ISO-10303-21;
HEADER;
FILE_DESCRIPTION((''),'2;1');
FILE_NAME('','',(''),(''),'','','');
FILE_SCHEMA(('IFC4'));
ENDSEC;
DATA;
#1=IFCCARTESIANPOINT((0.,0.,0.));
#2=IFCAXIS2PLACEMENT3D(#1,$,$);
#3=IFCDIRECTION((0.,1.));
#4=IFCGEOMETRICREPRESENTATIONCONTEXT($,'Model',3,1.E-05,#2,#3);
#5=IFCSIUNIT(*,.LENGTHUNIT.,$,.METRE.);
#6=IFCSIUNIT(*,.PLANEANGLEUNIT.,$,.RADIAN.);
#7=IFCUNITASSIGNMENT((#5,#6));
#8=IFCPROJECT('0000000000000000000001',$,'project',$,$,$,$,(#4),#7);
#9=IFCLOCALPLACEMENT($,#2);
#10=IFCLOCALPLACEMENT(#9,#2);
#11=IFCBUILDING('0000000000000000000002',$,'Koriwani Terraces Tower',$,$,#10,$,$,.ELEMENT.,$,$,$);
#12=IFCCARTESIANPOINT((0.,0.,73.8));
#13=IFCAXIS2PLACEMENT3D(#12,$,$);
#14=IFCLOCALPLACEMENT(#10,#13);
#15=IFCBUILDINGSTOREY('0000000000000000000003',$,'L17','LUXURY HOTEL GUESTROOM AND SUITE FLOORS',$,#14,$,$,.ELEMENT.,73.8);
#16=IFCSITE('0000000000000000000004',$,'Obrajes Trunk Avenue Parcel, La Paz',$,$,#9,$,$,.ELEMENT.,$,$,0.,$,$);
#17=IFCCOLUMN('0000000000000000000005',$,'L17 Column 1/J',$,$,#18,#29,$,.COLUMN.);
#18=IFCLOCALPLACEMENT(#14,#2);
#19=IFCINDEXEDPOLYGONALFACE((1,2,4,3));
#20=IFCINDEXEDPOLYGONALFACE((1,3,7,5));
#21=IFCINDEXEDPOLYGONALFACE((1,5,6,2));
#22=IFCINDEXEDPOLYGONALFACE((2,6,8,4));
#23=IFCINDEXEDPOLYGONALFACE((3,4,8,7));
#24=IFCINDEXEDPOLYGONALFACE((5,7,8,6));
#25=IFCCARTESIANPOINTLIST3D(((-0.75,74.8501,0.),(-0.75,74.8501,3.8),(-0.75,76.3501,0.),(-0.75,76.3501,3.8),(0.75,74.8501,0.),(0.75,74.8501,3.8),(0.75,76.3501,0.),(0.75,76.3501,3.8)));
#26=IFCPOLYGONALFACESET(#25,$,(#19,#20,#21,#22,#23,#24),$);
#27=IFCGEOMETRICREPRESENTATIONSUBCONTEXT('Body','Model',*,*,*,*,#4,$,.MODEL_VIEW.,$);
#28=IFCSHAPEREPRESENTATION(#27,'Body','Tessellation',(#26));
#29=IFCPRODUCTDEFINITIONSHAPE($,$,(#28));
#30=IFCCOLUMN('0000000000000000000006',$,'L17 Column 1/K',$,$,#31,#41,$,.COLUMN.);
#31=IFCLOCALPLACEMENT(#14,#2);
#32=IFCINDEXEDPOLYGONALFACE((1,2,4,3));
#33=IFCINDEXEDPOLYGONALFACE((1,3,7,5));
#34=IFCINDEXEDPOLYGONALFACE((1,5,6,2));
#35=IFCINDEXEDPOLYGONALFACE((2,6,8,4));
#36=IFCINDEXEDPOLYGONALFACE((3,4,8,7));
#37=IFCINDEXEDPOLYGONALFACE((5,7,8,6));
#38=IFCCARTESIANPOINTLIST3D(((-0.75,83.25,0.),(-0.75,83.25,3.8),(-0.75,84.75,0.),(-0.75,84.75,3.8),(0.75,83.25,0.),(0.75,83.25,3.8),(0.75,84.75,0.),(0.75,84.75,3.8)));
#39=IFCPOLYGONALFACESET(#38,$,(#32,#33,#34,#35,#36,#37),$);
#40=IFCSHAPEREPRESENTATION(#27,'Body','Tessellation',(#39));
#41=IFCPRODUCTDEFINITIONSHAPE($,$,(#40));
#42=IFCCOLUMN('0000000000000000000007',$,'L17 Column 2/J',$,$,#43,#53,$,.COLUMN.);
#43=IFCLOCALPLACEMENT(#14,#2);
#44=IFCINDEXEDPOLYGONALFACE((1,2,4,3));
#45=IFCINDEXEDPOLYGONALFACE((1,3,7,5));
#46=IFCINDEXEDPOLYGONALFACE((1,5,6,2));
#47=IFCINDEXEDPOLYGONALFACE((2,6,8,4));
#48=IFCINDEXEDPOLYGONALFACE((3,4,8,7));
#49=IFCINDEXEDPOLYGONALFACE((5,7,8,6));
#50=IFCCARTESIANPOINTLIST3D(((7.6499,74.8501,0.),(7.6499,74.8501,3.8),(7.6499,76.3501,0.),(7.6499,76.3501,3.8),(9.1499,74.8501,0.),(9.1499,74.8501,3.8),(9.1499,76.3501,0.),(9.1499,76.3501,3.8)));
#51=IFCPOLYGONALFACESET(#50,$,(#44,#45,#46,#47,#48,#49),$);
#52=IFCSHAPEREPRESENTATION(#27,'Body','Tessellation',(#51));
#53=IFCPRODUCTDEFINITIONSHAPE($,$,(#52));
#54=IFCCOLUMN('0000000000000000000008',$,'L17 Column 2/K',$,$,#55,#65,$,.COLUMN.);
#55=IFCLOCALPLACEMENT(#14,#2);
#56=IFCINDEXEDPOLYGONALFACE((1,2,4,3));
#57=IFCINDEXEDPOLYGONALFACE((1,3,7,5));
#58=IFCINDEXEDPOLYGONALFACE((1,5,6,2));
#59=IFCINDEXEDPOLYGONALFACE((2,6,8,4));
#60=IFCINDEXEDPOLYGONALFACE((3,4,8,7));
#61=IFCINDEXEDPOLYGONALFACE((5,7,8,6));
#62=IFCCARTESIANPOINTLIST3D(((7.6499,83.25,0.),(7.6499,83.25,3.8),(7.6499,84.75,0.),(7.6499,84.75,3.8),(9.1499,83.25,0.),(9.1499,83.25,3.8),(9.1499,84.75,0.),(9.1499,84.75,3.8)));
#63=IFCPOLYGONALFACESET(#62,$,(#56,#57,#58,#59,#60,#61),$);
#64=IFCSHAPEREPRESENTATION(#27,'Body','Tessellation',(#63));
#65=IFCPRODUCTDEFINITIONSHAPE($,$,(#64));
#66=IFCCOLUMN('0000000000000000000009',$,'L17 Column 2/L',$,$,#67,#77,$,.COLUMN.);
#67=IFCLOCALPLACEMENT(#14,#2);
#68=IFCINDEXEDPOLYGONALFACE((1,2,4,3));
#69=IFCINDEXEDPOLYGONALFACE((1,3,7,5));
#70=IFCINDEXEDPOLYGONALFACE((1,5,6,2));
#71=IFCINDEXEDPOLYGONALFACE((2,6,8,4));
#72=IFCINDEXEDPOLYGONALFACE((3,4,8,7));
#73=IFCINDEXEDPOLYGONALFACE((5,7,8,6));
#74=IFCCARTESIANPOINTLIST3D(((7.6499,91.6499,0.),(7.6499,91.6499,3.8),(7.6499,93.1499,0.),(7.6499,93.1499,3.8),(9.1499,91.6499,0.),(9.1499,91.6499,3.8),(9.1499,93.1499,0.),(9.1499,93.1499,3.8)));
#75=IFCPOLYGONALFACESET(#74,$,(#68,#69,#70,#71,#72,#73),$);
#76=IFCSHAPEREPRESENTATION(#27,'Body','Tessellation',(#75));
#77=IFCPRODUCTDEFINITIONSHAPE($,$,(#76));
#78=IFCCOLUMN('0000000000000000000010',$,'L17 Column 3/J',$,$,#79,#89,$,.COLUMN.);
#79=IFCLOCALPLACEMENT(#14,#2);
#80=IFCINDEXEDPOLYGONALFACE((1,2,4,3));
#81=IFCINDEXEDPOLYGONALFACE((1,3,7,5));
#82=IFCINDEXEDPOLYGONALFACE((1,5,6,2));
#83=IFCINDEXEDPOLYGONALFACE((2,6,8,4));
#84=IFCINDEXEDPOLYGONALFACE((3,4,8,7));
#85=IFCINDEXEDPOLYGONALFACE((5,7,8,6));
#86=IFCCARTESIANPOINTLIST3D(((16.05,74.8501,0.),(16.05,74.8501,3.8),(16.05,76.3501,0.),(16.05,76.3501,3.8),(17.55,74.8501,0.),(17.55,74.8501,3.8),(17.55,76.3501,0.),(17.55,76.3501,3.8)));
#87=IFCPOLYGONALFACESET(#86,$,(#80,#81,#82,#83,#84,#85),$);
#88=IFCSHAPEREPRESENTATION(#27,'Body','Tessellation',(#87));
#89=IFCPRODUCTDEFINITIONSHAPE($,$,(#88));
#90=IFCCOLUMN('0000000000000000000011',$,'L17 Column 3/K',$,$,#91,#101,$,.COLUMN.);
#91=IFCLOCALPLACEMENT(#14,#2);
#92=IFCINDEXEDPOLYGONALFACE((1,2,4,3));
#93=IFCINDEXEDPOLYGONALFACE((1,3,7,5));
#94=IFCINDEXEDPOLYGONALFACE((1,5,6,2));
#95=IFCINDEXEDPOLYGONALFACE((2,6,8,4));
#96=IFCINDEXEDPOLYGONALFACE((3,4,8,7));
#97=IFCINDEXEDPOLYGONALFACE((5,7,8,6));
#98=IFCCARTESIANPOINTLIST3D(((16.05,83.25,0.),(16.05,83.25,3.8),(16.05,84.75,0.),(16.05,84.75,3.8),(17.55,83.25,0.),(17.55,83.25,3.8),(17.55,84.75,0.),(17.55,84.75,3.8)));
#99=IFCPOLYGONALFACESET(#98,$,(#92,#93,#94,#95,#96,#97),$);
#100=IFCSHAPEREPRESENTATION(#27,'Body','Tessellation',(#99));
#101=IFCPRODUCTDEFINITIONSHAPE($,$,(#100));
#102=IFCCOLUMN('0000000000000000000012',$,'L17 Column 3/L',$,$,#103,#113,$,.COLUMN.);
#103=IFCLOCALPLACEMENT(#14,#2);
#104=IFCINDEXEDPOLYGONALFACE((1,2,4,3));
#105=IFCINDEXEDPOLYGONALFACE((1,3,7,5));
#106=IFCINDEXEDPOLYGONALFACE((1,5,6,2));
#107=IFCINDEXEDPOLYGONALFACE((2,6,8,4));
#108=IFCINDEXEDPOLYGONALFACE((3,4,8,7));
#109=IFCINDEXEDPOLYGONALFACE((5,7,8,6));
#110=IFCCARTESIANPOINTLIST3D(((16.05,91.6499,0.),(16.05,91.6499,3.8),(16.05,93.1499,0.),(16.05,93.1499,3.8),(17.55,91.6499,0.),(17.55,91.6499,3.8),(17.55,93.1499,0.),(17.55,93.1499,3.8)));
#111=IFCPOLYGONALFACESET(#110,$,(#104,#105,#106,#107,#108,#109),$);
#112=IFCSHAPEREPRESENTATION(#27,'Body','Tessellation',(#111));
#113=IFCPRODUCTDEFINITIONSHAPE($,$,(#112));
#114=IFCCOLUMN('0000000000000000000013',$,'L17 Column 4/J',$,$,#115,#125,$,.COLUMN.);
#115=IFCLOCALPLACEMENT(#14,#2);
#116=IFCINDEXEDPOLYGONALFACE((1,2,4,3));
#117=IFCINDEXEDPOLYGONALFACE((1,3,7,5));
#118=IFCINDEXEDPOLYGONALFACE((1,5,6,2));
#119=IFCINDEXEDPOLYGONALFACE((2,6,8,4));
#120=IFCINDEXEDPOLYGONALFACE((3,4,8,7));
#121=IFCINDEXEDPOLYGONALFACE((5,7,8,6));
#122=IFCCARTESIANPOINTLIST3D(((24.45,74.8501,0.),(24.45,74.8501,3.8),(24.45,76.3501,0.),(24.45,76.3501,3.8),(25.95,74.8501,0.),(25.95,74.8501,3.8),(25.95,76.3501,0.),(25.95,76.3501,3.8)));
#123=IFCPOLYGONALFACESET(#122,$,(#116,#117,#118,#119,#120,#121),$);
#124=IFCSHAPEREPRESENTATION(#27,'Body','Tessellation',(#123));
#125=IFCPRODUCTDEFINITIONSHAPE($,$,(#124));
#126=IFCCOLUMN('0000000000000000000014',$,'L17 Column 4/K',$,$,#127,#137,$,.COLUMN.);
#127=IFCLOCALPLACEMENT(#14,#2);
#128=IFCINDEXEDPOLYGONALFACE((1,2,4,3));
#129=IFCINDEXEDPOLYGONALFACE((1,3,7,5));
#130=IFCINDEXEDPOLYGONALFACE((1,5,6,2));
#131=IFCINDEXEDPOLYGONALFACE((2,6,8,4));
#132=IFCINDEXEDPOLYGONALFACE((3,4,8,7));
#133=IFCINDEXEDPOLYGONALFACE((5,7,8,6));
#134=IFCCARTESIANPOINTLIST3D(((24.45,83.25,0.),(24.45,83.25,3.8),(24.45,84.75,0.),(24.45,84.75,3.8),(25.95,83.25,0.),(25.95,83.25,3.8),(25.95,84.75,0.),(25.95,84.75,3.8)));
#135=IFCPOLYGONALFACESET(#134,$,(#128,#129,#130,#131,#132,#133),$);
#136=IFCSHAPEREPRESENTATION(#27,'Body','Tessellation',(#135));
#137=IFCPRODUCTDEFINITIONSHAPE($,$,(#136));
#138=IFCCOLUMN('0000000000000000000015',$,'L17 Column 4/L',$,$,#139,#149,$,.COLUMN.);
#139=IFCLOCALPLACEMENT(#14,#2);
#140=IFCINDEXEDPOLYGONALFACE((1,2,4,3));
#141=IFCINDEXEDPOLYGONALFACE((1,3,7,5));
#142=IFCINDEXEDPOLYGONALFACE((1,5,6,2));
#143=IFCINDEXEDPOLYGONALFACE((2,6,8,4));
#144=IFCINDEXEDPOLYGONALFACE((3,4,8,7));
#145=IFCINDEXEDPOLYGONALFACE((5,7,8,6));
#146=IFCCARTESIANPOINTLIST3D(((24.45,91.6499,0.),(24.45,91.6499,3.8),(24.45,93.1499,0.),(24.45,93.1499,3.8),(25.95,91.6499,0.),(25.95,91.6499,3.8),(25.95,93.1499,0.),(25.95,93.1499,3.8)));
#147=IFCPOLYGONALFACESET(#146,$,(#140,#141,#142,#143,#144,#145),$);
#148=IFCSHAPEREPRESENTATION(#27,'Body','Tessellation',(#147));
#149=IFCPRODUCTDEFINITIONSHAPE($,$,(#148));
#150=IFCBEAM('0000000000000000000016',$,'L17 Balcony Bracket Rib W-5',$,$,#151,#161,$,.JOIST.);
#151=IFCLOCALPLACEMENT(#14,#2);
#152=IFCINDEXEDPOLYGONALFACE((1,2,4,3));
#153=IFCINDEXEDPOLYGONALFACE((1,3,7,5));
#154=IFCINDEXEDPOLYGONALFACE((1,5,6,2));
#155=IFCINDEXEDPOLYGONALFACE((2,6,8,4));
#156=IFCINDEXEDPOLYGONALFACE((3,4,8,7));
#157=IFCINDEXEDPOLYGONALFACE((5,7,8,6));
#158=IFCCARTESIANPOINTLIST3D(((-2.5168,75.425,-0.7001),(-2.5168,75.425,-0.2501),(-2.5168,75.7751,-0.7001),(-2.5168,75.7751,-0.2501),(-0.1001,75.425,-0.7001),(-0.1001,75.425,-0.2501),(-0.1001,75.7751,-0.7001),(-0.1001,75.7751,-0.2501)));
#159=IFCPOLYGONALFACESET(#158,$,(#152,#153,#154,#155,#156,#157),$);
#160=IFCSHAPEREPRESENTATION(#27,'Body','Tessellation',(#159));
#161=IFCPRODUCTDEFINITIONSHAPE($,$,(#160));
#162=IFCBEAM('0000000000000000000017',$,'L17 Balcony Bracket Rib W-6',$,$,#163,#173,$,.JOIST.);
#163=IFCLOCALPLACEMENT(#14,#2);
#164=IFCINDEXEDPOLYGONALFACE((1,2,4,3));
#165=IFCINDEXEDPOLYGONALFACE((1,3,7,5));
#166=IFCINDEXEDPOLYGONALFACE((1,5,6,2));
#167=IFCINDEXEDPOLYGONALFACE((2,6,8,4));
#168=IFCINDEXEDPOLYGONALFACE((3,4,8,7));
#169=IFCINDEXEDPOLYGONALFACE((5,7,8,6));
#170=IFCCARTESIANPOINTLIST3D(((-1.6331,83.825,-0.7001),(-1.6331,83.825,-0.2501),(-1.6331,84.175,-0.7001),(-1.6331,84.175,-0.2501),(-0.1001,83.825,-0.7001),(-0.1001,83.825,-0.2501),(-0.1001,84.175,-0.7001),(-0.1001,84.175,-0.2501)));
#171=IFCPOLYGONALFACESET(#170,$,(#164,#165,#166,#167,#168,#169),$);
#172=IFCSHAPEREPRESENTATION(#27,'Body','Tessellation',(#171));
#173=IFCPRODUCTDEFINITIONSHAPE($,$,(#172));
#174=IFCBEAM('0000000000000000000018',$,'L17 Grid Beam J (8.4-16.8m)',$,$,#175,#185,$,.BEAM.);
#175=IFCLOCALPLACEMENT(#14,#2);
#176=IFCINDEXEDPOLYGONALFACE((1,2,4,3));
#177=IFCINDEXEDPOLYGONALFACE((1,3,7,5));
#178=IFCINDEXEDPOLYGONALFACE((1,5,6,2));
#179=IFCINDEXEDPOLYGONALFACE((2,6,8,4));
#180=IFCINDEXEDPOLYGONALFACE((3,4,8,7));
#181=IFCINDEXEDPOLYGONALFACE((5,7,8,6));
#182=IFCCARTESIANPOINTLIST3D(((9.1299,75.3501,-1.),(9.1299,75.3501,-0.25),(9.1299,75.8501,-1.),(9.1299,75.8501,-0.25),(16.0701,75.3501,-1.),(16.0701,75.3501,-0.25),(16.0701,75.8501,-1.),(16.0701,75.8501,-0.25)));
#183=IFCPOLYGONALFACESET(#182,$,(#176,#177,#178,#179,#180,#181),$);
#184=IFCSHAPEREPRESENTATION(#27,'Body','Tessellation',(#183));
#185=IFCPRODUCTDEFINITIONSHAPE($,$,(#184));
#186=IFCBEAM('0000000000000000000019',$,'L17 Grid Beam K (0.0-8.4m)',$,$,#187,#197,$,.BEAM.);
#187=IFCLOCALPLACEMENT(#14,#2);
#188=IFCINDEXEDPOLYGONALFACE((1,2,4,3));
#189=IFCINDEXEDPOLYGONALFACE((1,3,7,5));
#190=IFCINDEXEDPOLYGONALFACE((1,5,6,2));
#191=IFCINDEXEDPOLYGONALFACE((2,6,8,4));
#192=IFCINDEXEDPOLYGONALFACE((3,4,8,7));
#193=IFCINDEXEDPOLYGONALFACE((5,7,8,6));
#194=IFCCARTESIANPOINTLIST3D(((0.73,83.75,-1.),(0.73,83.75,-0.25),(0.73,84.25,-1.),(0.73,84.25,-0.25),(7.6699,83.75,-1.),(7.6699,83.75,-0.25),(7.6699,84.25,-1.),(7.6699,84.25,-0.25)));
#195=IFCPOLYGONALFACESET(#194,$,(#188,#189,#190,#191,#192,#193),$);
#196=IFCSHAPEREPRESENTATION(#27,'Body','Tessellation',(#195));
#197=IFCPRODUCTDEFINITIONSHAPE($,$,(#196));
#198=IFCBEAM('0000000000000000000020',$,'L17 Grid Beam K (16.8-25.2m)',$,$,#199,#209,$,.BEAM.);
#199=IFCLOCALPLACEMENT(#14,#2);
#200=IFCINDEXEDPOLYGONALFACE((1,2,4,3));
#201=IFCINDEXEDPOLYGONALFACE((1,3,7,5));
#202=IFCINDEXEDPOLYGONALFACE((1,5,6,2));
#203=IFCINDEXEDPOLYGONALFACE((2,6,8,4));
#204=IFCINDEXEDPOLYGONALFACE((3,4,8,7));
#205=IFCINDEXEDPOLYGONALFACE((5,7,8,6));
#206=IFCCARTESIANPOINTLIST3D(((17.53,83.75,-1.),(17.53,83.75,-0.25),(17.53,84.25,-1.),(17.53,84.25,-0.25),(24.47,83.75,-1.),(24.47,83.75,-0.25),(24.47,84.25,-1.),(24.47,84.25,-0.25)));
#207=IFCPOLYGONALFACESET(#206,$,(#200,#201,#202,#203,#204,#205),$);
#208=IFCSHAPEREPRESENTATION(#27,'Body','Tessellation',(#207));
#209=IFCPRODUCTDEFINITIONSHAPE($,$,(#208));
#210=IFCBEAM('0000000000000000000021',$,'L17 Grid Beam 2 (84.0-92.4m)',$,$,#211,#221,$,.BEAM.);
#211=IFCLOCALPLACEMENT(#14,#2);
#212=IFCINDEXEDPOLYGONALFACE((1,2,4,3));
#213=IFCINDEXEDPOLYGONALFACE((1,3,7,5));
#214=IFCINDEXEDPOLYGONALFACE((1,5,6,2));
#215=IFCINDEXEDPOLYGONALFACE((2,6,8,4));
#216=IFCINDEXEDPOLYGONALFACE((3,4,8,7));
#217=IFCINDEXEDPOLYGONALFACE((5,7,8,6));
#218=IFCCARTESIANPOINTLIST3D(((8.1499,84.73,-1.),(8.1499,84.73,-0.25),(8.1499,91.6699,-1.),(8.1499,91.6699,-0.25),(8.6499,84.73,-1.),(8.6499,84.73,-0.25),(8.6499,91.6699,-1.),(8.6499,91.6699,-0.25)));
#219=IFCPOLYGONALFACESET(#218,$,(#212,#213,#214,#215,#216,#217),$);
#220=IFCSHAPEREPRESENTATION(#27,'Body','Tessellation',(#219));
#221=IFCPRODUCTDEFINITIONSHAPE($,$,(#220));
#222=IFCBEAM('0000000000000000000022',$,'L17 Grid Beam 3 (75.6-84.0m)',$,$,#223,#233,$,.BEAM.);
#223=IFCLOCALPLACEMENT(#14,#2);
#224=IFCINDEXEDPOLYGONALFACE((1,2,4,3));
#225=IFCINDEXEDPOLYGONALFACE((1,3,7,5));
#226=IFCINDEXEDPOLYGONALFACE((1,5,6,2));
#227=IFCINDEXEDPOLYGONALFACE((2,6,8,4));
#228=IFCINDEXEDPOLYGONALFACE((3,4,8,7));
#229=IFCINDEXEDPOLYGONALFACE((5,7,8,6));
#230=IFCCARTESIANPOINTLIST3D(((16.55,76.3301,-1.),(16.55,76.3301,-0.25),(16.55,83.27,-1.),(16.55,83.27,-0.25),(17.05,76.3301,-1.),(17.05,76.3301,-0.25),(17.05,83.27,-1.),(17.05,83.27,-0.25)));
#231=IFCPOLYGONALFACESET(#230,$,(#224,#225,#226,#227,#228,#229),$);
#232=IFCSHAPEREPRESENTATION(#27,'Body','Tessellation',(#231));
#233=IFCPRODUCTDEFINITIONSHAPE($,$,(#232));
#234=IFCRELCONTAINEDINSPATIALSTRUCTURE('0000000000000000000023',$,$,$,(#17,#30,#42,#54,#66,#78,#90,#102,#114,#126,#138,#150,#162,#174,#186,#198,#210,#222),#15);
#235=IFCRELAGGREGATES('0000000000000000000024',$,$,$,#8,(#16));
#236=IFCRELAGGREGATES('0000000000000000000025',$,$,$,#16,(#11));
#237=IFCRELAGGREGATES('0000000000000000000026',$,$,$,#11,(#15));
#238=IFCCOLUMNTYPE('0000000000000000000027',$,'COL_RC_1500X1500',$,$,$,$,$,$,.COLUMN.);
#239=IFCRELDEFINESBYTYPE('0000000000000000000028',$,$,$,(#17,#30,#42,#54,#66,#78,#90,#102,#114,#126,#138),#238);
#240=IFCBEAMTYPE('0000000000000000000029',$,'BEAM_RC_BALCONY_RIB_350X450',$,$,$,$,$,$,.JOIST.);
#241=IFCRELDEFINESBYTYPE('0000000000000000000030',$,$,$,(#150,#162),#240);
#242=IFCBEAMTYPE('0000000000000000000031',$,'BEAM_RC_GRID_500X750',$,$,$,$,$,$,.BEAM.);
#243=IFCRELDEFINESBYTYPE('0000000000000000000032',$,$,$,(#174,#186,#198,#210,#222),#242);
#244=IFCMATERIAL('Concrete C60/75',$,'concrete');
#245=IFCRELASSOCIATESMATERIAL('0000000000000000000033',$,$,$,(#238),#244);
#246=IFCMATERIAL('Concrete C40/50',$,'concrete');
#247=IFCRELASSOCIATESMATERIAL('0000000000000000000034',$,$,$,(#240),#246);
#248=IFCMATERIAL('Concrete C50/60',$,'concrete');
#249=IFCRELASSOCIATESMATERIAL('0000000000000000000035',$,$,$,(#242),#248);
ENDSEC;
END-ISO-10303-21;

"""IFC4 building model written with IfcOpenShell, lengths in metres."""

from ifc_helpers import new_model, si_unit, direction, frame, origin, origin_2d, place, context, subcontext, project, spatial, rectangle, extrude, material, material_profile, profile_set, type_object, element, save


model = new_model("IFC4")

# Units and contexts
model_context = context("Model", 3, precision=1e-05, world=origin(), true_north=direction((0.0, 1.0)))
body_context = subcontext(model_context, "Body", "Model", "MODEL_VIEW")
ifc_project = project(units=[si_unit("LENGTHUNIT", "METRE"), si_unit("PLANEANGLEUNIT", "RADIAN")], contexts=[model_context])

# Site, building, storey
site_placement = place(None, origin())
site = spatial("IfcSite", under=ifc_project, at=site_placement, Name="Obrajes Trunk Avenue Parcel, La Paz", CompositionType="ELEMENT", RefElevation=0.0)
building_placement = place(site_placement, origin())
building = spatial("IfcBuilding", under=site, at=building_placement, Name="Koriwani Terraces Tower", CompositionType="ELEMENT")
storey_placement = place(building_placement, frame((0.0, 0.0, 73.8)))
storey = spatial("IfcBuildingStorey", under=building, at=storey_placement, Name="L17", Description="LUXURY HOTEL GUESTROOM AND SUITE FLOORS", CompositionType="ELEMENT", Elevation=73.8)

# Columns
ifc_material_1 = material(Name="Concrete C60/75", Category="concrete")
ifc_material_profile_1 = material_profile(ifc_material_1, rectangle(XDim=1.5, YDim=1.5, at=origin_2d()), Name="Concrete C60/75", Category="LoadBearing")
ifc_profile_set_1 = profile_set([ifc_material_profile_1], Name="Concrete C60/75")
column_type = type_object("IfcColumnType", Name="COL_RC_1500X1500", PredefinedType="COLUMN", material=ifc_profile_set_1)
for number, where, z_axis, x_axis, name in (
    (1, (0.0, 75.6001, 0.0), (0.0, 0.0, 1.0), (1.0, 0.0, 0.0), "L17 Column 1/J"),
    (2, (0.0, 84.0, 0.0), (0.0, 0.0, 1.0), (1.0, 0.0, 0.0), "L17 Column 1/K"),
    (3, (8.3999, 75.6001, 0.0), (0.0, 0.0, 1.0), (1.0, 0.0, 0.0), "L17 Column 2/J"),
    (4, (8.3999, 84.0, 0.0), (0.0, 0.0, 1.0), (1.0, 0.0, 0.0), "L17 Column 2/K"),
    (5, (8.3999, 92.3999, 0.0), (0.0, 0.0, 1.0), (1.0, 0.0, 0.0), "L17 Column 2/L"),
    (6, (16.8, 75.6001, 0.0), (0.0, 0.0, 1.0), (1.0, 0.0, 0.0), "L17 Column 3/J"),
    (7, (16.8, 84.0, 0.0), (0.0, 0.0, 1.0), (1.0, 0.0, 0.0), "L17 Column 3/K"),
    (8, (16.8, 92.3999, 0.0), (0.0, 0.0, 1.0), (1.0, 0.0, 0.0), "L17 Column 3/L"),
    (9, (25.2, 75.6001, 0.0), (0.0, 0.0, 1.0), (1.0, 0.0, 0.0), "L17 Column 4/J"),
    (10, (25.2, 84.0, 0.0), (0.0, 0.0, 1.0), (1.0, 0.0, 0.0), "L17 Column 4/K"),
    (11, (25.2, 92.3999, 0.0), (0.0, 0.0, 1.0), (1.0, 0.0, 0.0), "L17 Column 4/L"),
):
    element("IfcColumn", number, at=place(storey_placement, frame(where, z_axis=z_axis, x_axis=x_axis)), inside=storey, type_object=column_type, Name=name, PredefinedType="COLUMN", context=body_context, shape_type="SweptSolid", body=[
        extrude(rectangle(XDim=1.5, YDim=1.5, at=origin_2d()), origin(), (0.0, 0.0, 1.0), 3.8),
    ])

# Beams
ifc_material_2 = material(Name="Concrete C40/50", Category="concrete")
ifc_material_profile_2 = material_profile(ifc_material_2, rectangle(XDim=0.3501, YDim=0.45, at=origin_2d()), Name="Concrete C40/50", Category="LoadBearing")
ifc_profile_set_2 = profile_set([ifc_material_profile_2], Name="Concrete C40/50")
beam_type_1 = type_object("IfcBeamType", Name="BEAM_RC_BALCONY_RIB_350X450", PredefinedType="JOIST", material=ifc_profile_set_2)
beam_1_placement = place(storey_placement, frame((-2.5168, 75.6001, -0.4751), z_axis=(1.0, 0.0, 0.0), x_axis=(0.0, 1.0, 0.0)))
element("IfcBeam", 12, at=beam_1_placement, inside=storey, type_object=beam_type_1, Name="L17 Balcony Bracket Rib W-5", PredefinedType="JOIST", context=body_context, shape_type="SweptSolid", body=[
    extrude(rectangle(XDim=0.3501, YDim=0.45, at=origin_2d()), origin(), (0.0, 0.0, 1.0), 2.4167),
])
beam_2_placement = place(storey_placement, frame((-1.6331, 84.0, -0.4751), z_axis=(1.0, 0.0, 0.0), x_axis=(0.0, 1.0, 0.0)))
element("IfcBeam", 13, at=beam_2_placement, inside=storey, type_object=beam_type_1, Name="L17 Balcony Bracket Rib W-6", PredefinedType="JOIST", context=body_context, shape_type="SweptSolid", body=[
    extrude(rectangle(XDim=0.3501, YDim=0.45, at=origin_2d()), origin(), (0.0, 0.0, 1.0), 1.533),
])
ifc_material_3 = material(Name="Concrete C50/60", Category="concrete")
ifc_material_profile_3 = material_profile(ifc_material_3, rectangle(XDim=0.5, YDim=0.75, at=origin_2d()), Name="Concrete C50/60", Category="LoadBearing")
ifc_profile_set_3 = profile_set([ifc_material_profile_3], Name="Concrete C50/60")
beam_type_2 = type_object("IfcBeamType", Name="BEAM_RC_GRID_500X750", PredefinedType="BEAM", material=ifc_profile_set_3)
beam_3_placement = place(storey_placement, frame((9.1299, 75.6001, -0.625), z_axis=(1.0, 0.0, 0.0), x_axis=(0.0, 1.0, 0.0)))
element("IfcBeam", 14, at=beam_3_placement, inside=storey, type_object=beam_type_2, Name="L17 Grid Beam J (8.4-16.8m)", PredefinedType="BEAM", context=body_context, shape_type="SweptSolid", body=[
    extrude(rectangle(XDim=0.5, YDim=0.75, at=origin_2d()), origin(), (0.0, 0.0, 1.0), 6.9402),
])
for number, where, z_axis, x_axis, name in (
    (15, (0.73, 84.0, -0.625), (1.0, 0.0, 0.0), (0.0, 1.0, 0.0), "L17 Grid Beam K (0.0-8.4m)"),
    (16, (17.53, 84.0, -0.625), (1.0, 0.0, 0.0), (0.0, 1.0, 0.0), "L17 Grid Beam K (16.8-25.2m)"),
    (17, (8.3999, 84.73, -0.625), (0.0, 1.0, 0.0), (-1.0, 0.0, 0.0), "L17 Grid Beam 2 (84.0-92.4m)"),
    (18, (16.8, 76.3301, -0.625), (0.0, 1.0, 0.0), (-1.0, 0.0, 0.0), "L17 Grid Beam 3 (75.6-84.0m)"),
):
    element("IfcBeam", number, at=place(storey_placement, frame(where, z_axis=z_axis, x_axis=x_axis)), inside=storey, type_object=beam_type_2, Name=name, PredefinedType="BEAM", context=body_context, shape_type="SweptSolid", body=[
        extrude(rectangle(XDim=0.5, YDim=0.75, at=origin_2d()), origin(), (0.0, 0.0, 1.0), 6.9399),
    ])

save(model, "model.ifc")
